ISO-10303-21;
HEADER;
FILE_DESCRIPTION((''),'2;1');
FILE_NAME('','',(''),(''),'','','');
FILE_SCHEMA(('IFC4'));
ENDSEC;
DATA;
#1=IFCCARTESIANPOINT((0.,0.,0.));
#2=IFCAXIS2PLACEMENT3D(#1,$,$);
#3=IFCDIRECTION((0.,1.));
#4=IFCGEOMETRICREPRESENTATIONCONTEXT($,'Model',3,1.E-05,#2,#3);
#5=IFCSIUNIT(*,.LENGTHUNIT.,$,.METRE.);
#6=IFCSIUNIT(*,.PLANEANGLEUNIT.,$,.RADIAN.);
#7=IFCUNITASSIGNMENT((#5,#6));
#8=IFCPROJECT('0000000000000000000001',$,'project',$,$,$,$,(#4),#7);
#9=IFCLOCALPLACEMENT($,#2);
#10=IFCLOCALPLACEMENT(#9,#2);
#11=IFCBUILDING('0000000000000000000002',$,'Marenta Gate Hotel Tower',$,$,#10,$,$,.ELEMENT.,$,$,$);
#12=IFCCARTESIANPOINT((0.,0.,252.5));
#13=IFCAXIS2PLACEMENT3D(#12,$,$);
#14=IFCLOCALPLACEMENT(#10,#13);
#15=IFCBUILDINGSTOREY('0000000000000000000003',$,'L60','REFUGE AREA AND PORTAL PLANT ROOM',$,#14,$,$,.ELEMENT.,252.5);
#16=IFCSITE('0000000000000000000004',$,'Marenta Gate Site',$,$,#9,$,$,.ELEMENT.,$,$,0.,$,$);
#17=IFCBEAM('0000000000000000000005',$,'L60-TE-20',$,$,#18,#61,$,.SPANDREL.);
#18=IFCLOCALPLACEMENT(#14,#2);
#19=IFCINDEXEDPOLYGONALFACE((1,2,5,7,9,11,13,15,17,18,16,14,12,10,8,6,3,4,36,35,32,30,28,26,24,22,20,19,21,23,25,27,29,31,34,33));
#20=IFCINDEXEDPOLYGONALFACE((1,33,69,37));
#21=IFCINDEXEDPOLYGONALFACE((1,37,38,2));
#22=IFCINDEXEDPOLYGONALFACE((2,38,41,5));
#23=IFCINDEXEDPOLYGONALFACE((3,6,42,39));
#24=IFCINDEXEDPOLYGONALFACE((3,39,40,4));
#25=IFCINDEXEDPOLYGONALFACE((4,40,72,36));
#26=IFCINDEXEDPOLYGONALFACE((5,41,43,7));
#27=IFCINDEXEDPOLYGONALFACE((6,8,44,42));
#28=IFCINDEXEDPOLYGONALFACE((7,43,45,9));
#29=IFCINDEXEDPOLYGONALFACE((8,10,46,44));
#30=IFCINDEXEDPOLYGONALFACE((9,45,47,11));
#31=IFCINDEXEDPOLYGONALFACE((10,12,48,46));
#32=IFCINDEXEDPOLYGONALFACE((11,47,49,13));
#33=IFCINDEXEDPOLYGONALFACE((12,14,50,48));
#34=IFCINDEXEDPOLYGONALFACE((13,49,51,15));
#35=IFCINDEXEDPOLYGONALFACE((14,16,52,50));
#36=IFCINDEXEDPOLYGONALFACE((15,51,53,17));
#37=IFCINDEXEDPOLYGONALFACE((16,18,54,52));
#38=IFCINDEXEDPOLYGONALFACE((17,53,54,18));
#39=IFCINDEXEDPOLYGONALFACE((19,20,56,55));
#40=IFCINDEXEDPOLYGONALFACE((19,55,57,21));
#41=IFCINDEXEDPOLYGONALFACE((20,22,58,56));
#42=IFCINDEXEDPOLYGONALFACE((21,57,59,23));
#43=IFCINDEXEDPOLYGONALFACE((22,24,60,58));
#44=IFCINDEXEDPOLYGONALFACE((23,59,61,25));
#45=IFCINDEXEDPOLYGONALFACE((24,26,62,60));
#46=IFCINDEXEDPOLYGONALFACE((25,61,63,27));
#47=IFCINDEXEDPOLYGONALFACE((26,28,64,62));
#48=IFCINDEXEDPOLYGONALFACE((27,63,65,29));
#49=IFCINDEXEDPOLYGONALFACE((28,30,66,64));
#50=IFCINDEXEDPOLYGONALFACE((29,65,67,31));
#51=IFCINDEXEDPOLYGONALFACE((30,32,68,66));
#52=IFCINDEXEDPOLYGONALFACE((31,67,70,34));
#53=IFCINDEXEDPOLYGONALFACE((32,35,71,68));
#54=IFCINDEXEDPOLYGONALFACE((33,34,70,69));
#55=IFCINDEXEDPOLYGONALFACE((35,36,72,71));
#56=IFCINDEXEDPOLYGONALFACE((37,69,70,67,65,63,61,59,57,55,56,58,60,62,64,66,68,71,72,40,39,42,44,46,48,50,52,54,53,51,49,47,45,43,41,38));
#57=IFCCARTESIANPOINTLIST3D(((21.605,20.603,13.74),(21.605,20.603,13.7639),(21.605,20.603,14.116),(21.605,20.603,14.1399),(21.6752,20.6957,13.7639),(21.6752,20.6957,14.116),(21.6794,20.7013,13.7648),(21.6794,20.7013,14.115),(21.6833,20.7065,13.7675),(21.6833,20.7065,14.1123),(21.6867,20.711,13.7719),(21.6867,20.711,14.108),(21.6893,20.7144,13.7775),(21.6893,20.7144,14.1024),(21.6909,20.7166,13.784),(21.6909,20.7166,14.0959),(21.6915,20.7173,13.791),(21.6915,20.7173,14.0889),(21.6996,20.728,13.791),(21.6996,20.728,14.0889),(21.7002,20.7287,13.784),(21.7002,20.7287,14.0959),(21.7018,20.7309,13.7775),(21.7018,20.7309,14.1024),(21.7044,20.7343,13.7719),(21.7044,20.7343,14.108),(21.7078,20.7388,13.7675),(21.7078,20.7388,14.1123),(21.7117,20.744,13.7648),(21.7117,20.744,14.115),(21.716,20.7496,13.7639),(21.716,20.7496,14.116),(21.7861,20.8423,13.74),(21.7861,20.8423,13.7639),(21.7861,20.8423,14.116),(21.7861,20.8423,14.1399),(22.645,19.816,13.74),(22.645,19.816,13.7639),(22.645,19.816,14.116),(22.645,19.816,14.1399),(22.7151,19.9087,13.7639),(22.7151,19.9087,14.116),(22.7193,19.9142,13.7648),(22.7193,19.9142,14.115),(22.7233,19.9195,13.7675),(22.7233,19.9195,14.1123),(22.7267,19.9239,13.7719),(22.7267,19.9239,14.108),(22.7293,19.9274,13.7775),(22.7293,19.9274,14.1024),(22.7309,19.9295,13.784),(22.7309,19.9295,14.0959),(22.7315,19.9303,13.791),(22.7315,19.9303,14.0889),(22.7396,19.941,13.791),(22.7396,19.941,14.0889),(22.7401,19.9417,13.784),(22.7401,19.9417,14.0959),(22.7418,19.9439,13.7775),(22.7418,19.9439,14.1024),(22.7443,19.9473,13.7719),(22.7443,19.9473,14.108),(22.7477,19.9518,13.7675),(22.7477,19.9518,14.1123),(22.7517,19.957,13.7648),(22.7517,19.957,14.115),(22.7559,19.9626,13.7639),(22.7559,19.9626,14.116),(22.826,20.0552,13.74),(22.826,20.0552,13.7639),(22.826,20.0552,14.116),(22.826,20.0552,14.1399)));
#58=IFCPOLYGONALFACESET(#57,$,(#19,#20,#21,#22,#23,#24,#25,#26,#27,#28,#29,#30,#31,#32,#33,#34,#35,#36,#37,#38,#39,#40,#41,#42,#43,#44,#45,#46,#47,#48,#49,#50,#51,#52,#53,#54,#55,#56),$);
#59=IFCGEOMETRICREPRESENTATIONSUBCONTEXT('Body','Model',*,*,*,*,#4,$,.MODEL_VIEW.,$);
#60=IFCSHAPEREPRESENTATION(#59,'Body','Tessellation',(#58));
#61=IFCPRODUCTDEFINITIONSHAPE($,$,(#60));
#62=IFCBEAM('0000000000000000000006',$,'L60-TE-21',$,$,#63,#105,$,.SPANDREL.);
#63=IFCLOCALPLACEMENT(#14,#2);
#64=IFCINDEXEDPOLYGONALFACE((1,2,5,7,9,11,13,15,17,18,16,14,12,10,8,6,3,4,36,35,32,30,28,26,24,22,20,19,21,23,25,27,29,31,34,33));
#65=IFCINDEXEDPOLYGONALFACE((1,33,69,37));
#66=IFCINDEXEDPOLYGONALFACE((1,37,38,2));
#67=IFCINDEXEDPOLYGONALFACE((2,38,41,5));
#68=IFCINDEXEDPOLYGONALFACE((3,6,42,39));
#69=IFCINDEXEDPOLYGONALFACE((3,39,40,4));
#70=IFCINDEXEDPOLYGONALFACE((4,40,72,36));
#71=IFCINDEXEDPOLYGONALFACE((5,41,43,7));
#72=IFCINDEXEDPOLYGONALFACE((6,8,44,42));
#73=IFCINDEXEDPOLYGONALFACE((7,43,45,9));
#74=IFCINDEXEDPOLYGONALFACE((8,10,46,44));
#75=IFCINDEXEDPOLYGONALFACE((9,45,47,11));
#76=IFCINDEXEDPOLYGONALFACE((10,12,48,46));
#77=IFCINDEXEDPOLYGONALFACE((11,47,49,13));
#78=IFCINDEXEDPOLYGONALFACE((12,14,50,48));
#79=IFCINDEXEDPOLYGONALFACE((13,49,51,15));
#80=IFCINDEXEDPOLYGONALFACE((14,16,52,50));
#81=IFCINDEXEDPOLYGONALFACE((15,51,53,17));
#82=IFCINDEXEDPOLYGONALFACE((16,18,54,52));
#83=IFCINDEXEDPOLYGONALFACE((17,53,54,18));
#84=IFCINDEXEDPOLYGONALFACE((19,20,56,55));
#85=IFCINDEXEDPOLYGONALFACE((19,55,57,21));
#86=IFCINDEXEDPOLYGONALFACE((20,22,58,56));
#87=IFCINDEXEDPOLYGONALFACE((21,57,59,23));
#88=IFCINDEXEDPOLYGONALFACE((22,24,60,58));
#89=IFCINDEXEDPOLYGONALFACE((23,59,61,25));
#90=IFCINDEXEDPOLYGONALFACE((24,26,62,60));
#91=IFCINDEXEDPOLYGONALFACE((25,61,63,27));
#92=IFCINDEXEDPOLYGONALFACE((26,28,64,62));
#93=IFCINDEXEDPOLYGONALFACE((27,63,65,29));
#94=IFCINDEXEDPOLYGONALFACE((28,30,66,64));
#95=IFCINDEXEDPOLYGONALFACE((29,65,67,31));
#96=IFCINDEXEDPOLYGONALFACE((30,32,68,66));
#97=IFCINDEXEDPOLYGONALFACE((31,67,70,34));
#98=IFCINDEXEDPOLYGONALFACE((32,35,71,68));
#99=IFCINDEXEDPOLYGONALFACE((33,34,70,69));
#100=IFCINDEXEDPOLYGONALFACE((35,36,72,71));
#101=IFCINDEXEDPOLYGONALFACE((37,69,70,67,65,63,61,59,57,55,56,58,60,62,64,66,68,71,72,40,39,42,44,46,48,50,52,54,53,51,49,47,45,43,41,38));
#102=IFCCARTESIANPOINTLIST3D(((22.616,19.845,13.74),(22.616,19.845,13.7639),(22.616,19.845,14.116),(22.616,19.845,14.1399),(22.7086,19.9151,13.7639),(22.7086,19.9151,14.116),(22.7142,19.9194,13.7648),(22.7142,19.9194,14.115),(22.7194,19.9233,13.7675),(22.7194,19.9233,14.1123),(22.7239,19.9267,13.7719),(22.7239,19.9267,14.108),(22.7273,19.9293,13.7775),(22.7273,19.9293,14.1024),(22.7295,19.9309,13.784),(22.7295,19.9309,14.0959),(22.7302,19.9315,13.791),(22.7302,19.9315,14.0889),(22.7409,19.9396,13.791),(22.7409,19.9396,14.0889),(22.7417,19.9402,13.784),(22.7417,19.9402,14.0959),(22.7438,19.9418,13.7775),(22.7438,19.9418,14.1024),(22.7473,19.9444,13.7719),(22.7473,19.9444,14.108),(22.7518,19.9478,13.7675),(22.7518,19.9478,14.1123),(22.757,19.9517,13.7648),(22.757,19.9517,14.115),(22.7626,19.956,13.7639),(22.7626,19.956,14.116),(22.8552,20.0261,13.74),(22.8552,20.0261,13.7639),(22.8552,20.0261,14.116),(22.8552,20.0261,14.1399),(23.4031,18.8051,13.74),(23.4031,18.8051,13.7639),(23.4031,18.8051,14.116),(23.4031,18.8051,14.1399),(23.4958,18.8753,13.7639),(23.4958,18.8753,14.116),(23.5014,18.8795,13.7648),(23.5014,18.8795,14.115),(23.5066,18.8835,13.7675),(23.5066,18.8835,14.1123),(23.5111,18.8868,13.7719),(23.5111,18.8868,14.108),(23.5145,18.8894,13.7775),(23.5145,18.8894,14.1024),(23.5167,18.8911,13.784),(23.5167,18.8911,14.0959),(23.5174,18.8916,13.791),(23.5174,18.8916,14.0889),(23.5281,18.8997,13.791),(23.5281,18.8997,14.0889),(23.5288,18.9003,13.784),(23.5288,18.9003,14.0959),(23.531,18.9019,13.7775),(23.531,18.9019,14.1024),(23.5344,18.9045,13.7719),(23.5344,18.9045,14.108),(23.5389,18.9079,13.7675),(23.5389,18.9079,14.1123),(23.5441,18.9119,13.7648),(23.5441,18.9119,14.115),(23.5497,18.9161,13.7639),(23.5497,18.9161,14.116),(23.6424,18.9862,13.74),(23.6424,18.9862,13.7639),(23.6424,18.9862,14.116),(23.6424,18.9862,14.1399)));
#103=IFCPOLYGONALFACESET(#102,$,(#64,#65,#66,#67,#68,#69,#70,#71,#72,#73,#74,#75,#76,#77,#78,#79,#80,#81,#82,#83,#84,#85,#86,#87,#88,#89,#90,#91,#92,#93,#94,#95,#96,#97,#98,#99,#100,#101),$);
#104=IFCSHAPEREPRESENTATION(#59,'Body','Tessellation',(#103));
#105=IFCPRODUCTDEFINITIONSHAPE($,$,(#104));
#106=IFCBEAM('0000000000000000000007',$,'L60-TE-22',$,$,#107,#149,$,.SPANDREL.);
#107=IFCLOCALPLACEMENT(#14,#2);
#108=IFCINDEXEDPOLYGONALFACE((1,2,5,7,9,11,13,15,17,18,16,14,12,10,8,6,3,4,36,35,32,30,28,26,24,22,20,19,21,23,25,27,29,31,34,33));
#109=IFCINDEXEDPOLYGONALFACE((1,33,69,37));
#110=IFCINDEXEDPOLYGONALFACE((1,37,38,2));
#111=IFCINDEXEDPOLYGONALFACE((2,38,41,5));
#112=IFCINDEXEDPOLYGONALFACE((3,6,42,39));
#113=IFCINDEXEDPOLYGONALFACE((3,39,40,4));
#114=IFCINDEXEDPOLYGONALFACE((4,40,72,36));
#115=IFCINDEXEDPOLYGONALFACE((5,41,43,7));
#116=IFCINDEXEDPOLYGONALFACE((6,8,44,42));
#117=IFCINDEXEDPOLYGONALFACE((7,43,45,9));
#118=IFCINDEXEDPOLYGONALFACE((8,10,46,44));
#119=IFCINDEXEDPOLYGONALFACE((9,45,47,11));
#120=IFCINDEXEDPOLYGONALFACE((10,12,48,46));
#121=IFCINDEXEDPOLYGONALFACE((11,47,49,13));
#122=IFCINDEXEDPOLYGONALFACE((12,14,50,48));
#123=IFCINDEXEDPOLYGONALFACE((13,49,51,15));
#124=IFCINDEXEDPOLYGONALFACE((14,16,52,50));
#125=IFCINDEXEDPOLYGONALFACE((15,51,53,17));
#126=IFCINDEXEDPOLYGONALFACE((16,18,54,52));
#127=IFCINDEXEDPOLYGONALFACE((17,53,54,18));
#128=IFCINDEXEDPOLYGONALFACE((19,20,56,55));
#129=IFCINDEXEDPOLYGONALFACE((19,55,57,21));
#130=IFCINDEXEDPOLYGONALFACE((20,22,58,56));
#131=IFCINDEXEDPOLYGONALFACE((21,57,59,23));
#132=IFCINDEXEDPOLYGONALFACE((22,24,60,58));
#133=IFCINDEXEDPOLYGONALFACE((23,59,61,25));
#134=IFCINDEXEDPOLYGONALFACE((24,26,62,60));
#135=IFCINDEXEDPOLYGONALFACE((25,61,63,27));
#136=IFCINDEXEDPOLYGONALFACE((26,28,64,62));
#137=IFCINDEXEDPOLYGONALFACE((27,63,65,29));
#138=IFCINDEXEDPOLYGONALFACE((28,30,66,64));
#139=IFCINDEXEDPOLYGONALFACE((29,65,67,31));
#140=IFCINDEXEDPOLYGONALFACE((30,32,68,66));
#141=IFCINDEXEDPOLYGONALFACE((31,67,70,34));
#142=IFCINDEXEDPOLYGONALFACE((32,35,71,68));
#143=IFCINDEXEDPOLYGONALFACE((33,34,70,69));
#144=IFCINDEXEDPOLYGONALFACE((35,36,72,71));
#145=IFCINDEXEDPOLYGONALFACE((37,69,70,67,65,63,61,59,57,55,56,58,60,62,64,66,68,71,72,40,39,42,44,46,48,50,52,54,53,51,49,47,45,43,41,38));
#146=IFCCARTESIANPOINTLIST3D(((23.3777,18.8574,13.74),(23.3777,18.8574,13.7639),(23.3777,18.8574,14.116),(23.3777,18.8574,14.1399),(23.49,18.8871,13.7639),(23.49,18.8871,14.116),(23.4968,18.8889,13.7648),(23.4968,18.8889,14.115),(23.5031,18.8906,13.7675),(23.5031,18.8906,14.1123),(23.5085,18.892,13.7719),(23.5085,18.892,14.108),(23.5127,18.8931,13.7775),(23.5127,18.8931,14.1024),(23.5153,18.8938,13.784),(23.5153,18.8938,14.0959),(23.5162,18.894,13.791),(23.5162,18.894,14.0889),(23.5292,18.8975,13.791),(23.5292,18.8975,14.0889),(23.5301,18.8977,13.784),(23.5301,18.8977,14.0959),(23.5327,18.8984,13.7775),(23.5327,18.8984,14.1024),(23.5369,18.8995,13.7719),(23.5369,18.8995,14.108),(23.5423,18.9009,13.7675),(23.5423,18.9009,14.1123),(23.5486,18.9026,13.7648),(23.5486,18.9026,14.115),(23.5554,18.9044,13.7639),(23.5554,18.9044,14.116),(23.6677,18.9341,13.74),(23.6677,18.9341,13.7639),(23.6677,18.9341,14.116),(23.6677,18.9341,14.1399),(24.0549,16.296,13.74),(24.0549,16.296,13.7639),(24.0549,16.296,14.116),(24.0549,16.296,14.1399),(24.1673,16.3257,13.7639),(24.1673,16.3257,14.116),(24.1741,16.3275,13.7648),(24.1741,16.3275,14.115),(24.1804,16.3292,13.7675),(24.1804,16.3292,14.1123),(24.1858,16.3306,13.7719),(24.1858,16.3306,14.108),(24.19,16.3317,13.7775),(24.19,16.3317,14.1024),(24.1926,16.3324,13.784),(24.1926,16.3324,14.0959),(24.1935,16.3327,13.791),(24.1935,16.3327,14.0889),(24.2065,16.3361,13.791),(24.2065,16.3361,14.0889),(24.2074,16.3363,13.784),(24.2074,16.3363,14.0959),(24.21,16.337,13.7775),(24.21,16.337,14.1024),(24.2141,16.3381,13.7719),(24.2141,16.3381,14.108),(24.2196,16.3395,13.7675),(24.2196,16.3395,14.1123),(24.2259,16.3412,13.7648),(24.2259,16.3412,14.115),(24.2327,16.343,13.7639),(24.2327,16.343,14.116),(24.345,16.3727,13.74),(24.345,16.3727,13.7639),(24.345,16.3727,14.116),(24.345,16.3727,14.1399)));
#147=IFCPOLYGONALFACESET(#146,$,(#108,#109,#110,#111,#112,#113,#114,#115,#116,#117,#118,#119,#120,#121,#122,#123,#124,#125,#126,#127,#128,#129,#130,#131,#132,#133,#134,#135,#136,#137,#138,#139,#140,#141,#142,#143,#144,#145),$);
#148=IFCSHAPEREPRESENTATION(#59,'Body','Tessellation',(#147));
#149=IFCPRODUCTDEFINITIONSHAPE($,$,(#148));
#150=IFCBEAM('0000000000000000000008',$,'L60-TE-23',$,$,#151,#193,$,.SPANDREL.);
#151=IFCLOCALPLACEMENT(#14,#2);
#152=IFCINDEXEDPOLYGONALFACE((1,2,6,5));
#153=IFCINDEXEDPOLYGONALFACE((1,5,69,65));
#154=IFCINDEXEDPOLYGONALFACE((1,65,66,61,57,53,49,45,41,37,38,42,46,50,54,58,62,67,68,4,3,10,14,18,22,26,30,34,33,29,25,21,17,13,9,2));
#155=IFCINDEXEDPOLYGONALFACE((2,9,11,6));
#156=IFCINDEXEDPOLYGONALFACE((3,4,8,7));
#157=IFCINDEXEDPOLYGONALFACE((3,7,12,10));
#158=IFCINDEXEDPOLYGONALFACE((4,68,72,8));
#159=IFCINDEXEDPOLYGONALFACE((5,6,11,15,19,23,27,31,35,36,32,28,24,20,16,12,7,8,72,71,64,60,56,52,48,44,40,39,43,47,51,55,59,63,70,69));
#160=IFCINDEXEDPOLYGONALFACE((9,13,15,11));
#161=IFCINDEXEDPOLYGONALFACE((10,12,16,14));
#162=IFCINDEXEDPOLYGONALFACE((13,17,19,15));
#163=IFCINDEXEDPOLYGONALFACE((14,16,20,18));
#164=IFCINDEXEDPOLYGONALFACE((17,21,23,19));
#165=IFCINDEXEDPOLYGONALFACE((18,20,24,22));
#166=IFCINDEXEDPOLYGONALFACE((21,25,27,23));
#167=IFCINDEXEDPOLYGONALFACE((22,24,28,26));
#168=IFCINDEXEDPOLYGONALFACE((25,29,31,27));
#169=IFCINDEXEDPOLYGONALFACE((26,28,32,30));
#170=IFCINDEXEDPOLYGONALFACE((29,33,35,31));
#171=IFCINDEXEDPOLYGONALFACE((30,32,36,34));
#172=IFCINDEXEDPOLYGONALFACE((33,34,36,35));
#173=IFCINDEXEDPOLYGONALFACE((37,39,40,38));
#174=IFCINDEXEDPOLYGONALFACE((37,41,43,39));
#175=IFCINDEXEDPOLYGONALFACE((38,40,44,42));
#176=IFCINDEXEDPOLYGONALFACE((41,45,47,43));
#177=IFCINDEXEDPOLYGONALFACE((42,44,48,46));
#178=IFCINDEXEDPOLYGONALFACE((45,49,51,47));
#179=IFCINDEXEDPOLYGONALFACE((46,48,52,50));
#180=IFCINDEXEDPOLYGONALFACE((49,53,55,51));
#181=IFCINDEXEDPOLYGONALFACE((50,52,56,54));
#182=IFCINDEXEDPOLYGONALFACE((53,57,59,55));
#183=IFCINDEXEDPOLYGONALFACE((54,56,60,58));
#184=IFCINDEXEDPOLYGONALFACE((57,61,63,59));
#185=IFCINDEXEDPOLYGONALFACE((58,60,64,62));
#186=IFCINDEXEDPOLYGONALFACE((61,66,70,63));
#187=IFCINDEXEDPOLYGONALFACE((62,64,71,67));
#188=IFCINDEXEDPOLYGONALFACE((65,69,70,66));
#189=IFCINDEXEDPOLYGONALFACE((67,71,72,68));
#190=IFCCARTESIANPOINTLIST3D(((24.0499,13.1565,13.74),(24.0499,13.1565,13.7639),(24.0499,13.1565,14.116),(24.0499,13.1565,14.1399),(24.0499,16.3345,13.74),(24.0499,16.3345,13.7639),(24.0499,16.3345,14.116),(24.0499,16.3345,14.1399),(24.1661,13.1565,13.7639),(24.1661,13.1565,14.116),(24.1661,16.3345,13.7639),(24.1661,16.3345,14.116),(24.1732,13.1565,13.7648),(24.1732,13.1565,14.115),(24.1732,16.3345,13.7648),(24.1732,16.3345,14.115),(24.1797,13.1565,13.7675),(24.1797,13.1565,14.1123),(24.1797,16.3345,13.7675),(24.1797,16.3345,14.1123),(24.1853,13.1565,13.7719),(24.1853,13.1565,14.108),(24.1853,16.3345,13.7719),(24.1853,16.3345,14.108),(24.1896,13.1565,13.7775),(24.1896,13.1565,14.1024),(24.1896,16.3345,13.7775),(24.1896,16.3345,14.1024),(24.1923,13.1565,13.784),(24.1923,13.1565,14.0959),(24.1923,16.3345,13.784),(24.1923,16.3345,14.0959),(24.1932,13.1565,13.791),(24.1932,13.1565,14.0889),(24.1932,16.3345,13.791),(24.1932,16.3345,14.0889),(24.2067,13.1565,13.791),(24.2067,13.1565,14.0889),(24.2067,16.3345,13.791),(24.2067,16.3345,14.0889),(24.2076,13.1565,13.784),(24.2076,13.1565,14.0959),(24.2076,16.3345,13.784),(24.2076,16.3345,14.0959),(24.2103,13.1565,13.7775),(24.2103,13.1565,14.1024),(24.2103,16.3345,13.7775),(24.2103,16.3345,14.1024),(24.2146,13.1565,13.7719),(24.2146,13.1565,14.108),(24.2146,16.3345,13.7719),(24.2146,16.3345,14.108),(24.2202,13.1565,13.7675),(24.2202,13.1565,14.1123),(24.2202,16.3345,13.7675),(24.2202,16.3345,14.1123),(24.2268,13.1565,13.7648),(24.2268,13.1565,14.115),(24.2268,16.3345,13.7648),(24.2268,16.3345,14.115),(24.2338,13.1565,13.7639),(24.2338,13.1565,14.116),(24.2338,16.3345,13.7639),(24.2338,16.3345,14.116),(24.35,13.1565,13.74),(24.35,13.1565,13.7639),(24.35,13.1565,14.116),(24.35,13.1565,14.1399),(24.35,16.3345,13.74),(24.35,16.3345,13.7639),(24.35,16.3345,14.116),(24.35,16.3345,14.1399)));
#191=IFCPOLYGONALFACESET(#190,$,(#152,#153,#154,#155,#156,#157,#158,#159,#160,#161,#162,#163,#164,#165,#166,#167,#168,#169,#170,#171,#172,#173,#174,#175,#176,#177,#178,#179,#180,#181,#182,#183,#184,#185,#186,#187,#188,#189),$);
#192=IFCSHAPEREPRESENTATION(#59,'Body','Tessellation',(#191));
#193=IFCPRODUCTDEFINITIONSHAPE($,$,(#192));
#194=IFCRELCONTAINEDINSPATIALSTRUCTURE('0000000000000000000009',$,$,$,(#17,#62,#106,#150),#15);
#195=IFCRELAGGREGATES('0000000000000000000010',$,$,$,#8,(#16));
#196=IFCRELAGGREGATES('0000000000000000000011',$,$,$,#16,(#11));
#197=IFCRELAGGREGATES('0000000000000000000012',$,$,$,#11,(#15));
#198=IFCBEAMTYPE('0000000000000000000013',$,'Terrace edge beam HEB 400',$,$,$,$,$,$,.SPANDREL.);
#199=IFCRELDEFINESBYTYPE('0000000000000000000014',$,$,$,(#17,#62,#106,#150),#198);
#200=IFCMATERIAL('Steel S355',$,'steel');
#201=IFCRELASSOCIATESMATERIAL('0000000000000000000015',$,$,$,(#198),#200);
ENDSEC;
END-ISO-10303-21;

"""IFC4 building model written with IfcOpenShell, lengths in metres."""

from ifc_helpers import new_model, si_unit, direction, frame, origin, origin_2d, place, context, subcontext, project, spatial, i_section, extrude, material, material_profile, profile_set, type_object, element, save


model = new_model("IFC4")

# Units and contexts
model_context = context("Model", 3, precision=1e-05, world=origin(), true_north=direction((0.0, 1.0)))
body_context = subcontext(model_context, "Body", "Model", "MODEL_VIEW")
ifc_project = project(units=[si_unit("LENGTHUNIT", "METRE"), si_unit("PLANEANGLEUNIT", "RADIAN")], contexts=[model_context])

# Site, building, storey
site_placement = place(None, origin())
site = spatial("IfcSite", under=ifc_project, at=site_placement, Name="Marenta Gate Site", CompositionType="ELEMENT", RefElevation=0.0)
building_placement = place(site_placement, origin())
building = spatial("IfcBuilding", under=site, at=building_placement, Name="Marenta Gate Hotel Tower", CompositionType="ELEMENT")
storey_placement = place(building_placement, frame((0.0, 0.0, 252.5)))
storey = spatial("IfcBuildingStorey", under=building, at=storey_placement, Name="L60", Description="REFUGE AREA AND PORTAL PLANT ROOM", CompositionType="ELEMENT", Elevation=252.5)

# Beams
ifc_material_1 = material(Name="Steel S355", Category="steel")
ifc_material_profile_1 = material_profile(ifc_material_1, i_section(OverallWidth=0.3, OverallDepth=0.3999, WebThickness=0.0134, FlangeThickness=0.0239, FilletRadius=0.0271, at=origin_2d()), Name="HEB 400")
ifc_profile_set_1 = profile_set([ifc_material_profile_1], Name="Steel S355")
beam_type_1 = type_object("IfcBeamType", Name="Terrace edge beam HEB 400", PredefinedType="SPANDREL", material=ifc_profile_set_1)
for number, where, z_axis, x_axis, name in (
    (1, (21.6956, 20.7227, 13.9399), (0.797387, -0.603468, 0.0), (0.603468, 0.797387, 0.0), "L60-TE-20"),
    (2, (22.7356, 19.9355, 13.9399), (0.603558, -0.797319, 0.0), (0.797319, 0.603558, 0.0), "L60-TE-21"),
):
    element("IfcBeam", number, at=place(storey_placement, frame(where, z_axis=z_axis, x_axis=x_axis)), inside=storey, type_object=beam_type_1, Name=name, PredefinedType="SPANDREL", context=body_context, shape_type="SweptSolid", body=[
        extrude(i_section(OverallWidth=0.3, OverallDepth=0.3999, WebThickness=0.0134, FlangeThickness=0.0239, FilletRadius=0.0271, at=origin_2d()), origin(), (0.0, 0.0, 1.0), 1.3042),
    ])
beam_1_placement = place(storey_placement, frame((23.5227, 18.8958, 13.9399), z_axis=(0.255632, -0.966774, 0.0), x_axis=(0.966774, 0.255632, 0.0)))
element("IfcBeam", 3, at=beam_1_placement, inside=storey, type_object=beam_type_1, Name="L60-TE-22", PredefinedType="SPANDREL", context=body_context, shape_type="SweptSolid", body=[
    extrude(i_section(OverallWidth=0.3, OverallDepth=0.3999, WebThickness=0.0134, FlangeThickness=0.0239, FilletRadius=0.0271, at=origin_2d()), origin(), (0.0, 0.0, 1.0), 2.6494),
])
beam_2_placement = place(storey_placement, frame((24.2, 16.3345, 13.9399), z_axis=(0.0, -1.0, 0.0), x_axis=(1.0, 0.0, 0.0)))
element("IfcBeam", 4, at=beam_2_placement, inside=storey, type_object=beam_type_1, Name="L60-TE-23", PredefinedType="SPANDREL", context=body_context, shape_type="SweptSolid", body=[
    extrude(i_section(OverallWidth=0.3, OverallDepth=0.3999, WebThickness=0.0134, FlangeThickness=0.0239, FilletRadius=0.0271, at=origin_2d()), origin(), (0.0, 0.0, 1.0), 3.178),
])

save(model, "model.ifc")
